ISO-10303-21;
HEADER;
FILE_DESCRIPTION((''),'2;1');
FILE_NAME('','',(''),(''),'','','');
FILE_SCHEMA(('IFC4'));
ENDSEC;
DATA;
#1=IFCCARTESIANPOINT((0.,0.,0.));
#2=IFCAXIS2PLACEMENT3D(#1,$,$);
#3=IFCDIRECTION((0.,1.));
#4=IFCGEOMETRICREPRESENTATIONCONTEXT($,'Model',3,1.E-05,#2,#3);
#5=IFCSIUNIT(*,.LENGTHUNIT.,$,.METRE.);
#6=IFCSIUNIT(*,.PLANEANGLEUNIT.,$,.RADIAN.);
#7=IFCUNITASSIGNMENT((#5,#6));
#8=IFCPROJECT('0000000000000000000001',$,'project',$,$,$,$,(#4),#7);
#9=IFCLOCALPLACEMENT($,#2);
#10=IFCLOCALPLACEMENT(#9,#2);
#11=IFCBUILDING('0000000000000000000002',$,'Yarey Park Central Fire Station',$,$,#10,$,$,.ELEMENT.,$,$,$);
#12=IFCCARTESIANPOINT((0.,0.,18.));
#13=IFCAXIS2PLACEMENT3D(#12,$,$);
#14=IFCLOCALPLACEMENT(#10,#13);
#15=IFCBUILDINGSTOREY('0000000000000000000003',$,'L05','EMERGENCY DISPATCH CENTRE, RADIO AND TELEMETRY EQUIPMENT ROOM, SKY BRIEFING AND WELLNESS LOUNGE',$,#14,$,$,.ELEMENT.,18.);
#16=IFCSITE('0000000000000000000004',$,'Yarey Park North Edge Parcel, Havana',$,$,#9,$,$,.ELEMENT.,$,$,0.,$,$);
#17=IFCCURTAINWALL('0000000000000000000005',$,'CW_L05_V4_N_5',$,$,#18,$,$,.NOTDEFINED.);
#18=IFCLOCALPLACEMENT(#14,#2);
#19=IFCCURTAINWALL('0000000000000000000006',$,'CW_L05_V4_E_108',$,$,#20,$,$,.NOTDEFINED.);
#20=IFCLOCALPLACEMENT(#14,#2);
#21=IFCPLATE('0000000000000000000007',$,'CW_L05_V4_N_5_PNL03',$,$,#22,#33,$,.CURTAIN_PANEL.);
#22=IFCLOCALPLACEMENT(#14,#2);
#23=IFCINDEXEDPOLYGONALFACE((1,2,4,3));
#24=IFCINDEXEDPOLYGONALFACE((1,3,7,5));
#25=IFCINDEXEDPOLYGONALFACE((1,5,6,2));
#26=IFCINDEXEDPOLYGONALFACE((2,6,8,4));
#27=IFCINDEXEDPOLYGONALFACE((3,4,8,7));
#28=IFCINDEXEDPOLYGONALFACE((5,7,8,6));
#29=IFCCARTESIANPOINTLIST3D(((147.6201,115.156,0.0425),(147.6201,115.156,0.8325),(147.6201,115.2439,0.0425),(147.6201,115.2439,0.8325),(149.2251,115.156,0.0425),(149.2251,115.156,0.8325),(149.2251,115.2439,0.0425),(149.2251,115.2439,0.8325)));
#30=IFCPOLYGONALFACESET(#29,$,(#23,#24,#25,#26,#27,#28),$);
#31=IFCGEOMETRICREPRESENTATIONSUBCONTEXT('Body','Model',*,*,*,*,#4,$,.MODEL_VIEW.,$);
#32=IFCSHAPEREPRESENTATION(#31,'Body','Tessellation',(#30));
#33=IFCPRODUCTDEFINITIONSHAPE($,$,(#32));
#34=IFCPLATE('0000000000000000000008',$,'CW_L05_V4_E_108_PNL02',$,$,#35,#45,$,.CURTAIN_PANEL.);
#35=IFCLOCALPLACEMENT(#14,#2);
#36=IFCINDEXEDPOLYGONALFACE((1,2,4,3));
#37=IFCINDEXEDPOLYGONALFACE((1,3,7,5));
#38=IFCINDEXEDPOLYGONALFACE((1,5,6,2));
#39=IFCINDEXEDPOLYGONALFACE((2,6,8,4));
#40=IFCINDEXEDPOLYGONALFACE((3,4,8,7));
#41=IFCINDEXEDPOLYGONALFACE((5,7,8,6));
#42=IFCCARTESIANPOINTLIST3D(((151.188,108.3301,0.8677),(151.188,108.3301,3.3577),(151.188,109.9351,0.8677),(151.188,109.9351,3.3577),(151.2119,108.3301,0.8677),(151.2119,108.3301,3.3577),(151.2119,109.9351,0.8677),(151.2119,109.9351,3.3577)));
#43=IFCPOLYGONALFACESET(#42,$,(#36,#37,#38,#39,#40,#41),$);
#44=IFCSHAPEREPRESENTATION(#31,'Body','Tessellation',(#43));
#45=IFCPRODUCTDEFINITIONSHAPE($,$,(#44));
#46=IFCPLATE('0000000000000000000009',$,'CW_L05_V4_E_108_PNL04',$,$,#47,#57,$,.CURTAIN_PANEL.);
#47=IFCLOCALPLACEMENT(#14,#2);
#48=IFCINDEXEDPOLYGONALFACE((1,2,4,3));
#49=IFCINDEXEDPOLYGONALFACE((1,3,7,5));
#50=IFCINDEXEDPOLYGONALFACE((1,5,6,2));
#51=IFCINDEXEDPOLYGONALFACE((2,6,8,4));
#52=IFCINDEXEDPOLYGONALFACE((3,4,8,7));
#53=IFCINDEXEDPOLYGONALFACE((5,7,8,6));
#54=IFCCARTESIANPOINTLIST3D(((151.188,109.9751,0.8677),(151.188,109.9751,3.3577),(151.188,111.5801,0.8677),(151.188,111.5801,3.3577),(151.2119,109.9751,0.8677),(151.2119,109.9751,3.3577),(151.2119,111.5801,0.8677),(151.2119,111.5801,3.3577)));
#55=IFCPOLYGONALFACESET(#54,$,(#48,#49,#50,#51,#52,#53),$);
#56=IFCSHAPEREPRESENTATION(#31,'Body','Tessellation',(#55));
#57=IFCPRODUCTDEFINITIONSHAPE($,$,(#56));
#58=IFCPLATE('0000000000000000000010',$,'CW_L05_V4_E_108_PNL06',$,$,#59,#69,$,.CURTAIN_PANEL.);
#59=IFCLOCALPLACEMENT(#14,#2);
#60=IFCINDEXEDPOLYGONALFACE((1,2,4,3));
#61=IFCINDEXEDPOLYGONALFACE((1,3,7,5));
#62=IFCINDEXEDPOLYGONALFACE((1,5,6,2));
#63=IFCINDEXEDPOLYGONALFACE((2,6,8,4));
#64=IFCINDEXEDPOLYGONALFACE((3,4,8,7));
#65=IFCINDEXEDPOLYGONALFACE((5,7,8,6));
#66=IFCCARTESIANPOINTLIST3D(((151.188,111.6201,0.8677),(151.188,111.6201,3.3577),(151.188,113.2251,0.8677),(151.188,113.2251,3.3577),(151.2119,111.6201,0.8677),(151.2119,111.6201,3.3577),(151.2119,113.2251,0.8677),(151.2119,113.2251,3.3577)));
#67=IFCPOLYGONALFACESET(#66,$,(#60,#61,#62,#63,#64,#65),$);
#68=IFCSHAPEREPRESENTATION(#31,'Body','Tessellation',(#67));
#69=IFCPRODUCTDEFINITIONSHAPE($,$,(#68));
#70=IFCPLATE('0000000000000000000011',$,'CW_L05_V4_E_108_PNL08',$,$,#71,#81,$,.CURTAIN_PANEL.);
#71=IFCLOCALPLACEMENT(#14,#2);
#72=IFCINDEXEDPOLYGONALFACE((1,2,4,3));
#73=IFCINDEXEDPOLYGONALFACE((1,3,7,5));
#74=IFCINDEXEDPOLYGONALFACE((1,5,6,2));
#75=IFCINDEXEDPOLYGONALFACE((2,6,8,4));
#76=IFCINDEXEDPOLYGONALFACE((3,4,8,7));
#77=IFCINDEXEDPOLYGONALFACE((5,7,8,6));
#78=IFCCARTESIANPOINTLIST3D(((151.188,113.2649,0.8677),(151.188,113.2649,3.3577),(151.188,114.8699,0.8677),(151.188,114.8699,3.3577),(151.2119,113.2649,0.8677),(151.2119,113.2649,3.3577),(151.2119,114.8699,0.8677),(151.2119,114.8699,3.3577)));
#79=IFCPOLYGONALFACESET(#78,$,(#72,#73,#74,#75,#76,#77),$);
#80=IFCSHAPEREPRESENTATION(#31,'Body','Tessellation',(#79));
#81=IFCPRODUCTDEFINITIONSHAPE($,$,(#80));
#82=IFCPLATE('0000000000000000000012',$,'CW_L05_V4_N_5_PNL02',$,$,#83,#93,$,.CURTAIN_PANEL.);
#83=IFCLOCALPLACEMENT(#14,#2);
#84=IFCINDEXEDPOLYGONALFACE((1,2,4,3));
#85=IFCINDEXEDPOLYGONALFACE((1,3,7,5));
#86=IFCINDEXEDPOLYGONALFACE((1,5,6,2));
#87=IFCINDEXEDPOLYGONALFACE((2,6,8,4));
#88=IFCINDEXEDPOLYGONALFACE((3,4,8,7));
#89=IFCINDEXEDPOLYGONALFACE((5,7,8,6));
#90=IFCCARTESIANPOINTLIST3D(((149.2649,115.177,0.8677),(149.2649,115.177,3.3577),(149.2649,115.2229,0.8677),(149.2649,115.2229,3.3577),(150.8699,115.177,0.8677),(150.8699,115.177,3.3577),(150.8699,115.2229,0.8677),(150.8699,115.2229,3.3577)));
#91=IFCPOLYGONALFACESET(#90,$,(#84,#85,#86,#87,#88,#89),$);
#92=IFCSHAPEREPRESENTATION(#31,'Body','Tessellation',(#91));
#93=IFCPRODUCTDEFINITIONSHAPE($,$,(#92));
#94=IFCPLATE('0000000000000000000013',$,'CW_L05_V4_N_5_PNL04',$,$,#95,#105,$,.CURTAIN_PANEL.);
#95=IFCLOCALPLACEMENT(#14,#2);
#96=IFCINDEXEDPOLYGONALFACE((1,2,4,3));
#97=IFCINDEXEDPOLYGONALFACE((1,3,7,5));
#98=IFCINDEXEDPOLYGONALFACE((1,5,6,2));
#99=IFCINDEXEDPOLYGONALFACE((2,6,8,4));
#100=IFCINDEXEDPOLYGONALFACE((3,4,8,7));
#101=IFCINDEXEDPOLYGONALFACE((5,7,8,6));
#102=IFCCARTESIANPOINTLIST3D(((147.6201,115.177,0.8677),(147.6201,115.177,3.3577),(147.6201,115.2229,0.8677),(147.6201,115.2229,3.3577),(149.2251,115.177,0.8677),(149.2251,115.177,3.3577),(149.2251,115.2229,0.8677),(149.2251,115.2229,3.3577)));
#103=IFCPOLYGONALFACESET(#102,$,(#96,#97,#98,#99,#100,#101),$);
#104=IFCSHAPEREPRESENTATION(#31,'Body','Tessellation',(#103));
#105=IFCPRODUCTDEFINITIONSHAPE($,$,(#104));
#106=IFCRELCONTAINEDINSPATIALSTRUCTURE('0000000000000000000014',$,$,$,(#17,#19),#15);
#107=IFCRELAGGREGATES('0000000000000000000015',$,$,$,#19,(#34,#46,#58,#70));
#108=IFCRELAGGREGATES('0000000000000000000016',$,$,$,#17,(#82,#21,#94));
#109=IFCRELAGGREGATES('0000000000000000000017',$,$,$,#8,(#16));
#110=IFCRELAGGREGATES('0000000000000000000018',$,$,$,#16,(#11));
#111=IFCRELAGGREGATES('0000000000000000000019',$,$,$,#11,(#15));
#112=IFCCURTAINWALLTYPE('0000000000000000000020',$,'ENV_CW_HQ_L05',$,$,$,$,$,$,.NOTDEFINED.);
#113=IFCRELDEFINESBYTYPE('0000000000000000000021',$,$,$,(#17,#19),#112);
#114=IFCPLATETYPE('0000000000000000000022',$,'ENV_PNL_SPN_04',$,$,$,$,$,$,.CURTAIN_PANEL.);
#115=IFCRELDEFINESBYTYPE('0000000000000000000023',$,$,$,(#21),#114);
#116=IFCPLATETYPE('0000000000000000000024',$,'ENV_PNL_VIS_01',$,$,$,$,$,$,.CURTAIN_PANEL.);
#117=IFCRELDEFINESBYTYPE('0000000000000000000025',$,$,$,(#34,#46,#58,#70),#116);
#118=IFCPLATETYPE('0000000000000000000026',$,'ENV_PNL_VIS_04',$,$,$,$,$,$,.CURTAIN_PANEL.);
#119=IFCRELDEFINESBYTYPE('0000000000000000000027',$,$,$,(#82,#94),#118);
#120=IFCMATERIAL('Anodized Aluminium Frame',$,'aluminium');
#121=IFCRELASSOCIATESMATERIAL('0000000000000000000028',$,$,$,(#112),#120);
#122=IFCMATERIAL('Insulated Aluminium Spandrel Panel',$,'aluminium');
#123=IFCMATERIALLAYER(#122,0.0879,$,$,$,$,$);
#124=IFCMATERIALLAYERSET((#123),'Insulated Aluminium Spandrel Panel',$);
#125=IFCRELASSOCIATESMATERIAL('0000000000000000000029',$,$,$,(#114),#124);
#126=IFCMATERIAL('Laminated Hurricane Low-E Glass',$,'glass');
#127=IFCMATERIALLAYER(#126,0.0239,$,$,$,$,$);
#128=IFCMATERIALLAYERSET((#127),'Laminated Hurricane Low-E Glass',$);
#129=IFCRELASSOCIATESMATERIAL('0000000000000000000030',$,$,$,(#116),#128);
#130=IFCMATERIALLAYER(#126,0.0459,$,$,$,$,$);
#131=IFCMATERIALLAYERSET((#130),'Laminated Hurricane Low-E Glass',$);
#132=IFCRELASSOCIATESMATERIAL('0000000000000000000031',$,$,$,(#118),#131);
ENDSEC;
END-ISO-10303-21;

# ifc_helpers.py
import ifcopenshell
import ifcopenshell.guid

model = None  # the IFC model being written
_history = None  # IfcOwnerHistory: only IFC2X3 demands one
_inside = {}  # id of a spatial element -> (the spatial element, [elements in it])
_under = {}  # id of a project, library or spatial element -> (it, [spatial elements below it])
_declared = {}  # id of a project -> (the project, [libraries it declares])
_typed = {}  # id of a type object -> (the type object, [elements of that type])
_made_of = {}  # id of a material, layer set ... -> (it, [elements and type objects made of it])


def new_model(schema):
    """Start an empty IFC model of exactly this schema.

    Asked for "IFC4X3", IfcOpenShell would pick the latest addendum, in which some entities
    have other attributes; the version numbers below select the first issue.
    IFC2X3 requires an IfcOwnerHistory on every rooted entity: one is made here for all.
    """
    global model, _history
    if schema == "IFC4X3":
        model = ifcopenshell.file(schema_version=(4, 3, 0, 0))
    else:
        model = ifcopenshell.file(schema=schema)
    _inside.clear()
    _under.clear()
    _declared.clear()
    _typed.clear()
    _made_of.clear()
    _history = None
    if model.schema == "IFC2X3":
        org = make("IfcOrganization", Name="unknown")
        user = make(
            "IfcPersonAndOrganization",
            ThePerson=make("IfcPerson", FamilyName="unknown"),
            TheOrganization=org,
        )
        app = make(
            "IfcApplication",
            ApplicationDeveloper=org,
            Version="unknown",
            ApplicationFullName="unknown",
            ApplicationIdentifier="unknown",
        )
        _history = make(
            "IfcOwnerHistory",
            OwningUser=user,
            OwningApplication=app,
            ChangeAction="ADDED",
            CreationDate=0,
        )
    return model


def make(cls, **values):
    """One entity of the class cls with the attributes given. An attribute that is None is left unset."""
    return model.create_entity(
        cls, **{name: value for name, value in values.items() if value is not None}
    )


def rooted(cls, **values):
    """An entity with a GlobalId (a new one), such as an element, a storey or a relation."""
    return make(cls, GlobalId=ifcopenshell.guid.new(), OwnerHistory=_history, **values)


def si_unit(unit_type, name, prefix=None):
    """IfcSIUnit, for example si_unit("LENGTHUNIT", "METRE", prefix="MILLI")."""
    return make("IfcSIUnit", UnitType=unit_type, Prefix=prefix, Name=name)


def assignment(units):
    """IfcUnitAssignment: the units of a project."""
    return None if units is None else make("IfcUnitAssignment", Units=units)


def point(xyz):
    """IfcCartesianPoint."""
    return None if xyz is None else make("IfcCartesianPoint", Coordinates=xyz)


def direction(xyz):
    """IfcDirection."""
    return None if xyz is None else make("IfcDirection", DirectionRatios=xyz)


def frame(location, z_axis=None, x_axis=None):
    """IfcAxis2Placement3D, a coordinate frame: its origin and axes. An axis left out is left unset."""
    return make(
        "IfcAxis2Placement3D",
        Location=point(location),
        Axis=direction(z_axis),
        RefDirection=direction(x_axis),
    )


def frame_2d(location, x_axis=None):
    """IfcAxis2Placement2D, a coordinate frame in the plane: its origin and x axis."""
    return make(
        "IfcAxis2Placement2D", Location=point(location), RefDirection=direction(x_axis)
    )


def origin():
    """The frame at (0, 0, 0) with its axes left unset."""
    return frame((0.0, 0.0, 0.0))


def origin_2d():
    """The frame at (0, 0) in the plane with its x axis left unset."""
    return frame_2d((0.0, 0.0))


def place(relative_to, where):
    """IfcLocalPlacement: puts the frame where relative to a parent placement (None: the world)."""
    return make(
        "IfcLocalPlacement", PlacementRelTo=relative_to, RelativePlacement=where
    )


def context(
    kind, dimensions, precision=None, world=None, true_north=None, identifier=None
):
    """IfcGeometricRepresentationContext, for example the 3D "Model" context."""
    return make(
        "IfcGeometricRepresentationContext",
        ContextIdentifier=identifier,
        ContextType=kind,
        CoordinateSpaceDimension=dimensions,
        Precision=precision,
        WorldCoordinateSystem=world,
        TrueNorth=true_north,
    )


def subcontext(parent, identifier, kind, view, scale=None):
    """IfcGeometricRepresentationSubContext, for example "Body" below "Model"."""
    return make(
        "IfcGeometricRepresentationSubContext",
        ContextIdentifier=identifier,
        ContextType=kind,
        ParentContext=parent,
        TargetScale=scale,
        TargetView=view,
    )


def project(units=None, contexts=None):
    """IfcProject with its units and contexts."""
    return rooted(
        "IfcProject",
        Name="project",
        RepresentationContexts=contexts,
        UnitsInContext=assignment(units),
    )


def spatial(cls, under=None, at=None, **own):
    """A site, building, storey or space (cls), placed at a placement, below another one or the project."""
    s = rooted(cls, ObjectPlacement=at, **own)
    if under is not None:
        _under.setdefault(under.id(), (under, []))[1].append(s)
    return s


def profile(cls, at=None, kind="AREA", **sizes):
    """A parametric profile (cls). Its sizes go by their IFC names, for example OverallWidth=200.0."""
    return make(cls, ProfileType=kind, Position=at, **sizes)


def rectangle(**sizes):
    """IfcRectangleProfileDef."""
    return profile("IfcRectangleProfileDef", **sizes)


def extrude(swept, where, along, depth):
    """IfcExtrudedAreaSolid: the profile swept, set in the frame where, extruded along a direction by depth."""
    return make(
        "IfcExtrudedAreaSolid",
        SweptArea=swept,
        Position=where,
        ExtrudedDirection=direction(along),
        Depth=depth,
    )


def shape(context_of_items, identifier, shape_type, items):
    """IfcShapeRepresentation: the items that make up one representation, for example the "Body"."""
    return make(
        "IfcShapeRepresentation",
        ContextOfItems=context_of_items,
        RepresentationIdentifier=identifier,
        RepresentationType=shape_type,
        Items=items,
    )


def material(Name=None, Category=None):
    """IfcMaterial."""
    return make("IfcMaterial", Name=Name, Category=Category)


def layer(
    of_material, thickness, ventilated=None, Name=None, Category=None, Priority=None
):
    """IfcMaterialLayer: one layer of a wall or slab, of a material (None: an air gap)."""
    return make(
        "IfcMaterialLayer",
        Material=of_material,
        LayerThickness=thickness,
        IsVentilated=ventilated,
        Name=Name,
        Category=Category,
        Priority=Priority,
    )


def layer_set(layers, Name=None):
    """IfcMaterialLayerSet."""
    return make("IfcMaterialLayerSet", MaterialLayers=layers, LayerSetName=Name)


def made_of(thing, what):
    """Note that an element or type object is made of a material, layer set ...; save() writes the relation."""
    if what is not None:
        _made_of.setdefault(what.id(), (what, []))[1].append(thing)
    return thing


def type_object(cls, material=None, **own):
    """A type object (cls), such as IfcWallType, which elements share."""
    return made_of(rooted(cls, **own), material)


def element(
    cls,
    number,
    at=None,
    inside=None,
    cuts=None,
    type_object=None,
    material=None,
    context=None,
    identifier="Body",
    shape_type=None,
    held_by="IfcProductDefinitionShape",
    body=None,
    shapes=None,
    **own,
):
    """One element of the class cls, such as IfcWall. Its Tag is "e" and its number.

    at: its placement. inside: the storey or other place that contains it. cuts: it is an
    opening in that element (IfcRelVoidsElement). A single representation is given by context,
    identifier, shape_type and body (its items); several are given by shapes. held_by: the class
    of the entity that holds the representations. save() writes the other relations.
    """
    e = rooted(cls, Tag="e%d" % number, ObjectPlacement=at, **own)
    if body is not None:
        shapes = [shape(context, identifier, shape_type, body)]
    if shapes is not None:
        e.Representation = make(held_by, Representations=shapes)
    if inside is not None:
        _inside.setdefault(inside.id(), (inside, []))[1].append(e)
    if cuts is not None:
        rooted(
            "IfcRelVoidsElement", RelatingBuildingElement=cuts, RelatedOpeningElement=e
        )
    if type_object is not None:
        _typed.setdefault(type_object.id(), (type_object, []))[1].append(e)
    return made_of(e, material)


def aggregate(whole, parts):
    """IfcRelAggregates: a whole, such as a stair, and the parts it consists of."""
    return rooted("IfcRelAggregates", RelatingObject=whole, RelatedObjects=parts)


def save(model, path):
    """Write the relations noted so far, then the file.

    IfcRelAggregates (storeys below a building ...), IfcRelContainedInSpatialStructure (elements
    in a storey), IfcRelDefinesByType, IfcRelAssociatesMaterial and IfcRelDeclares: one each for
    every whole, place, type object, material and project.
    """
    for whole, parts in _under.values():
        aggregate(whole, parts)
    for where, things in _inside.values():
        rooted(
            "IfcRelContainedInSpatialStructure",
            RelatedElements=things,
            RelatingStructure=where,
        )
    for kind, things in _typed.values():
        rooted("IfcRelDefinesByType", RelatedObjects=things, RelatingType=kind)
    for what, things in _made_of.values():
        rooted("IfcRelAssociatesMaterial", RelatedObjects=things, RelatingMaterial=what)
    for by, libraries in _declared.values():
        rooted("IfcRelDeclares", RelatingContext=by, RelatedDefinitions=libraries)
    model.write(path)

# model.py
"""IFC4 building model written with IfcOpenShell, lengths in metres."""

from ifc_helpers import new_model, si_unit, direction, frame, origin, origin_2d, place, context, subcontext, project, spatial, rectangle, extrude, material, layer, layer_set, type_object, element, aggregate, save


model = new_model("IFC4")

# Units and contexts
model_context = context("Model", 3, precision=1e-05, world=origin(), true_north=direction((0.0, 1.0)))
body_context = subcontext(model_context, "Body", "Model", "MODEL_VIEW")
ifc_project = project(units=[si_unit("LENGTHUNIT", "METRE"), si_unit("PLANEANGLEUNIT", "RADIAN")], contexts=[model_context])

# Site, building, storey
site_placement = place(None, origin())
site = spatial("IfcSite", under=ifc_project, at=site_placement, Name="Yarey Park North Edge Parcel, Havana", CompositionType="ELEMENT", RefElevation=0.0)
building_placement = place(site_placement, origin())
building = spatial("IfcBuilding", under=site, at=building_placement, Name="Yarey Park Central Fire Station", CompositionType="ELEMENT")
storey_placement = place(building_placement, frame((0.0, 0.0, 18.0)))
storey = spatial("IfcBuildingStorey", under=building, at=storey_placement, Name="L05", Description="EMERGENCY DISPATCH CENTRE, RADIO AND TELEMETRY EQUIPMENT ROOM, SKY BRIEFING AND WELLNESS LOUNGE", CompositionType="ELEMENT", Elevation=18.0)

# Curtain walls
ifc_material_1 = material(Name="Anodized Aluminium Frame", Category="aluminium")
curtain_wall_type = type_object("IfcCurtainWallType", Name="ENV_CW_HQ_L05", PredefinedType="NOTDEFINED", material=ifc_material_1)
curtain_wall_1_placement = place(storey_placement, origin())
curtain_wall_1 = element("IfcCurtainWall", 1, at=curtain_wall_1_placement, inside=storey, type_object=curtain_wall_type, Name="CW_L05_V4_N_5", PredefinedType="NOTDEFINED")
curtain_wall_2_placement = place(storey_placement, origin())
curtain_wall_2 = element("IfcCurtainWall", 2, at=curtain_wall_2_placement, inside=storey, type_object=curtain_wall_type, Name="CW_L05_V4_E_108", PredefinedType="NOTDEFINED")

# Plates
ifc_material_2 = material(Name="Insulated Aluminium Spandrel Panel", Category="aluminium")
ifc_layer_1 = layer(ifc_material_2, 0.0879)
ifc_layer_set_1 = layer_set([ifc_layer_1], Name="Insulated Aluminium Spandrel Panel")
plate_type_1 = type_object("IfcPlateType", Name="ENV_PNL_SPN_04", PredefinedType="CURTAIN_PANEL", material=ifc_layer_set_1)
plate_1_placement = place(storey_placement, frame((148.4226, 115.2, 0.0425), z_axis=(0.0, 0.0, 1.0), x_axis=(-1.0, 0.0, 0.0)))
plate_1 = element("IfcPlate", 3, at=plate_1_placement, type_object=plate_type_1, Name="CW_L05_V4_N_5_PNL03", PredefinedType="CURTAIN_PANEL", context=body_context, shape_type="SweptSolid", body=[
    extrude(rectangle(XDim=1.605, YDim=0.0879, at=origin_2d()), origin(), (0.0, 0.0, 1.0), 0.79),
])
ifc_material_3 = material(Name="Laminated Hurricane Low-E Glass", Category="glass")
ifc_layer_2 = layer(ifc_material_3, 0.0239)
ifc_layer_set_2 = layer_set([ifc_layer_2], Name="Laminated Hurricane Low-E Glass")
plate_type_2 = type_object("IfcPlateType", Name="ENV_PNL_VIS_01", PredefinedType="CURTAIN_PANEL", material=ifc_layer_set_2)
plate_2_placement = place(storey_placement, frame((151.2, 109.1326, 0.8677), z_axis=(0.0, 0.0, 1.0), x_axis=(0.0, 1.0, 0.0)))
plate_2 = element("IfcPlate", 4, at=plate_2_placement, type_object=plate_type_2, Name="CW_L05_V4_E_108_PNL02", PredefinedType="CURTAIN_PANEL", context=body_context, shape_type="SweptSolid", body=[
    extrude(rectangle(XDim=1.605, YDim=0.0239, at=origin_2d()), origin(), (0.0, 0.0, 1.0), 2.49),
])
plate_3_placement = place(storey_placement, frame((151.2, 110.7776, 0.8677), z_axis=(0.0, 0.0, 1.0), x_axis=(0.0, 1.0, 0.0)))
plate_3 = element("IfcPlate", 5, at=plate_3_placement, type_object=plate_type_2, Name="CW_L05_V4_E_108_PNL04", PredefinedType="CURTAIN_PANEL", context=body_context, shape_type="SweptSolid", body=[
    extrude(rectangle(XDim=1.605, YDim=0.0239, at=origin_2d()), origin(), (0.0, 0.0, 1.0), 2.49),
])
plate_4_placement = place(storey_placement, frame((151.2, 112.4226, 0.8677), z_axis=(0.0, 0.0, 1.0), x_axis=(0.0, 1.0, 0.0)))
plate_4 = element("IfcPlate", 6, at=plate_4_placement, type_object=plate_type_2, Name="CW_L05_V4_E_108_PNL06", PredefinedType="CURTAIN_PANEL", context=body_context, shape_type="SweptSolid", body=[
    extrude(rectangle(XDim=1.605, YDim=0.0239, at=origin_2d()), origin(), (0.0, 0.0, 1.0), 2.49),
])
plate_5_placement = place(storey_placement, frame((151.2, 114.0674, 0.8677), z_axis=(0.0, 0.0, 1.0), x_axis=(0.0, 1.0, 0.0)))
plate_5 = element("IfcPlate", 7, at=plate_5_placement, type_object=plate_type_2, Name="CW_L05_V4_E_108_PNL08", PredefinedType="CURTAIN_PANEL", context=body_context, shape_type="SweptSolid", body=[
    extrude(rectangle(XDim=1.605, YDim=0.0239, at=origin_2d()), origin(), (0.0, 0.0, 1.0), 2.49),
])
aggregate(curtain_wall_2, [plate_2, plate_3, plate_4, plate_5])
ifc_layer_3 = layer(ifc_material_3, 0.0459)
ifc_layer_set_3 = layer_set([ifc_layer_3], Name="Laminated Hurricane Low-E Glass")
plate_type_3 = type_object("IfcPlateType", Name="ENV_PNL_VIS_04", PredefinedType="CURTAIN_PANEL", material=ifc_layer_set_3)
plate_6_placement = place(storey_placement, frame((150.0674, 115.2, 0.8677), z_axis=(0.0, 0.0, 1.0), x_axis=(-1.0, 0.0, 0.0)))
plate_6 = element("IfcPlate", 8, at=plate_6_placement, type_object=plate_type_3, Name="CW_L05_V4_N_5_PNL02", PredefinedType="CURTAIN_PANEL", context=body_context, shape_type="SweptSolid", body=[
    extrude(rectangle(XDim=1.605, YDim=0.0459, at=origin_2d()), origin(), (0.0, 0.0, 1.0), 2.49),
])
plate_7_placement = place(storey_placement, frame((148.4226, 115.2, 0.8677), z_axis=(0.0, 0.0, 1.0), x_axis=(-1.0, 0.0, 0.0)))
plate_7 = element("IfcPlate", 9, at=plate_7_placement, type_object=plate_type_3, Name="CW_L05_V4_N_5_PNL04", PredefinedType="CURTAIN_PANEL", context=body_context, shape_type="SweptSolid", body=[
    extrude(rectangle(XDim=1.605, YDim=0.0459, at=origin_2d()), origin(), (0.0, 0.0, 1.0), 2.49),
])
aggregate(curtain_wall_1, [plate_6, plate_1, plate_7])

save(model, "model.ifc")
